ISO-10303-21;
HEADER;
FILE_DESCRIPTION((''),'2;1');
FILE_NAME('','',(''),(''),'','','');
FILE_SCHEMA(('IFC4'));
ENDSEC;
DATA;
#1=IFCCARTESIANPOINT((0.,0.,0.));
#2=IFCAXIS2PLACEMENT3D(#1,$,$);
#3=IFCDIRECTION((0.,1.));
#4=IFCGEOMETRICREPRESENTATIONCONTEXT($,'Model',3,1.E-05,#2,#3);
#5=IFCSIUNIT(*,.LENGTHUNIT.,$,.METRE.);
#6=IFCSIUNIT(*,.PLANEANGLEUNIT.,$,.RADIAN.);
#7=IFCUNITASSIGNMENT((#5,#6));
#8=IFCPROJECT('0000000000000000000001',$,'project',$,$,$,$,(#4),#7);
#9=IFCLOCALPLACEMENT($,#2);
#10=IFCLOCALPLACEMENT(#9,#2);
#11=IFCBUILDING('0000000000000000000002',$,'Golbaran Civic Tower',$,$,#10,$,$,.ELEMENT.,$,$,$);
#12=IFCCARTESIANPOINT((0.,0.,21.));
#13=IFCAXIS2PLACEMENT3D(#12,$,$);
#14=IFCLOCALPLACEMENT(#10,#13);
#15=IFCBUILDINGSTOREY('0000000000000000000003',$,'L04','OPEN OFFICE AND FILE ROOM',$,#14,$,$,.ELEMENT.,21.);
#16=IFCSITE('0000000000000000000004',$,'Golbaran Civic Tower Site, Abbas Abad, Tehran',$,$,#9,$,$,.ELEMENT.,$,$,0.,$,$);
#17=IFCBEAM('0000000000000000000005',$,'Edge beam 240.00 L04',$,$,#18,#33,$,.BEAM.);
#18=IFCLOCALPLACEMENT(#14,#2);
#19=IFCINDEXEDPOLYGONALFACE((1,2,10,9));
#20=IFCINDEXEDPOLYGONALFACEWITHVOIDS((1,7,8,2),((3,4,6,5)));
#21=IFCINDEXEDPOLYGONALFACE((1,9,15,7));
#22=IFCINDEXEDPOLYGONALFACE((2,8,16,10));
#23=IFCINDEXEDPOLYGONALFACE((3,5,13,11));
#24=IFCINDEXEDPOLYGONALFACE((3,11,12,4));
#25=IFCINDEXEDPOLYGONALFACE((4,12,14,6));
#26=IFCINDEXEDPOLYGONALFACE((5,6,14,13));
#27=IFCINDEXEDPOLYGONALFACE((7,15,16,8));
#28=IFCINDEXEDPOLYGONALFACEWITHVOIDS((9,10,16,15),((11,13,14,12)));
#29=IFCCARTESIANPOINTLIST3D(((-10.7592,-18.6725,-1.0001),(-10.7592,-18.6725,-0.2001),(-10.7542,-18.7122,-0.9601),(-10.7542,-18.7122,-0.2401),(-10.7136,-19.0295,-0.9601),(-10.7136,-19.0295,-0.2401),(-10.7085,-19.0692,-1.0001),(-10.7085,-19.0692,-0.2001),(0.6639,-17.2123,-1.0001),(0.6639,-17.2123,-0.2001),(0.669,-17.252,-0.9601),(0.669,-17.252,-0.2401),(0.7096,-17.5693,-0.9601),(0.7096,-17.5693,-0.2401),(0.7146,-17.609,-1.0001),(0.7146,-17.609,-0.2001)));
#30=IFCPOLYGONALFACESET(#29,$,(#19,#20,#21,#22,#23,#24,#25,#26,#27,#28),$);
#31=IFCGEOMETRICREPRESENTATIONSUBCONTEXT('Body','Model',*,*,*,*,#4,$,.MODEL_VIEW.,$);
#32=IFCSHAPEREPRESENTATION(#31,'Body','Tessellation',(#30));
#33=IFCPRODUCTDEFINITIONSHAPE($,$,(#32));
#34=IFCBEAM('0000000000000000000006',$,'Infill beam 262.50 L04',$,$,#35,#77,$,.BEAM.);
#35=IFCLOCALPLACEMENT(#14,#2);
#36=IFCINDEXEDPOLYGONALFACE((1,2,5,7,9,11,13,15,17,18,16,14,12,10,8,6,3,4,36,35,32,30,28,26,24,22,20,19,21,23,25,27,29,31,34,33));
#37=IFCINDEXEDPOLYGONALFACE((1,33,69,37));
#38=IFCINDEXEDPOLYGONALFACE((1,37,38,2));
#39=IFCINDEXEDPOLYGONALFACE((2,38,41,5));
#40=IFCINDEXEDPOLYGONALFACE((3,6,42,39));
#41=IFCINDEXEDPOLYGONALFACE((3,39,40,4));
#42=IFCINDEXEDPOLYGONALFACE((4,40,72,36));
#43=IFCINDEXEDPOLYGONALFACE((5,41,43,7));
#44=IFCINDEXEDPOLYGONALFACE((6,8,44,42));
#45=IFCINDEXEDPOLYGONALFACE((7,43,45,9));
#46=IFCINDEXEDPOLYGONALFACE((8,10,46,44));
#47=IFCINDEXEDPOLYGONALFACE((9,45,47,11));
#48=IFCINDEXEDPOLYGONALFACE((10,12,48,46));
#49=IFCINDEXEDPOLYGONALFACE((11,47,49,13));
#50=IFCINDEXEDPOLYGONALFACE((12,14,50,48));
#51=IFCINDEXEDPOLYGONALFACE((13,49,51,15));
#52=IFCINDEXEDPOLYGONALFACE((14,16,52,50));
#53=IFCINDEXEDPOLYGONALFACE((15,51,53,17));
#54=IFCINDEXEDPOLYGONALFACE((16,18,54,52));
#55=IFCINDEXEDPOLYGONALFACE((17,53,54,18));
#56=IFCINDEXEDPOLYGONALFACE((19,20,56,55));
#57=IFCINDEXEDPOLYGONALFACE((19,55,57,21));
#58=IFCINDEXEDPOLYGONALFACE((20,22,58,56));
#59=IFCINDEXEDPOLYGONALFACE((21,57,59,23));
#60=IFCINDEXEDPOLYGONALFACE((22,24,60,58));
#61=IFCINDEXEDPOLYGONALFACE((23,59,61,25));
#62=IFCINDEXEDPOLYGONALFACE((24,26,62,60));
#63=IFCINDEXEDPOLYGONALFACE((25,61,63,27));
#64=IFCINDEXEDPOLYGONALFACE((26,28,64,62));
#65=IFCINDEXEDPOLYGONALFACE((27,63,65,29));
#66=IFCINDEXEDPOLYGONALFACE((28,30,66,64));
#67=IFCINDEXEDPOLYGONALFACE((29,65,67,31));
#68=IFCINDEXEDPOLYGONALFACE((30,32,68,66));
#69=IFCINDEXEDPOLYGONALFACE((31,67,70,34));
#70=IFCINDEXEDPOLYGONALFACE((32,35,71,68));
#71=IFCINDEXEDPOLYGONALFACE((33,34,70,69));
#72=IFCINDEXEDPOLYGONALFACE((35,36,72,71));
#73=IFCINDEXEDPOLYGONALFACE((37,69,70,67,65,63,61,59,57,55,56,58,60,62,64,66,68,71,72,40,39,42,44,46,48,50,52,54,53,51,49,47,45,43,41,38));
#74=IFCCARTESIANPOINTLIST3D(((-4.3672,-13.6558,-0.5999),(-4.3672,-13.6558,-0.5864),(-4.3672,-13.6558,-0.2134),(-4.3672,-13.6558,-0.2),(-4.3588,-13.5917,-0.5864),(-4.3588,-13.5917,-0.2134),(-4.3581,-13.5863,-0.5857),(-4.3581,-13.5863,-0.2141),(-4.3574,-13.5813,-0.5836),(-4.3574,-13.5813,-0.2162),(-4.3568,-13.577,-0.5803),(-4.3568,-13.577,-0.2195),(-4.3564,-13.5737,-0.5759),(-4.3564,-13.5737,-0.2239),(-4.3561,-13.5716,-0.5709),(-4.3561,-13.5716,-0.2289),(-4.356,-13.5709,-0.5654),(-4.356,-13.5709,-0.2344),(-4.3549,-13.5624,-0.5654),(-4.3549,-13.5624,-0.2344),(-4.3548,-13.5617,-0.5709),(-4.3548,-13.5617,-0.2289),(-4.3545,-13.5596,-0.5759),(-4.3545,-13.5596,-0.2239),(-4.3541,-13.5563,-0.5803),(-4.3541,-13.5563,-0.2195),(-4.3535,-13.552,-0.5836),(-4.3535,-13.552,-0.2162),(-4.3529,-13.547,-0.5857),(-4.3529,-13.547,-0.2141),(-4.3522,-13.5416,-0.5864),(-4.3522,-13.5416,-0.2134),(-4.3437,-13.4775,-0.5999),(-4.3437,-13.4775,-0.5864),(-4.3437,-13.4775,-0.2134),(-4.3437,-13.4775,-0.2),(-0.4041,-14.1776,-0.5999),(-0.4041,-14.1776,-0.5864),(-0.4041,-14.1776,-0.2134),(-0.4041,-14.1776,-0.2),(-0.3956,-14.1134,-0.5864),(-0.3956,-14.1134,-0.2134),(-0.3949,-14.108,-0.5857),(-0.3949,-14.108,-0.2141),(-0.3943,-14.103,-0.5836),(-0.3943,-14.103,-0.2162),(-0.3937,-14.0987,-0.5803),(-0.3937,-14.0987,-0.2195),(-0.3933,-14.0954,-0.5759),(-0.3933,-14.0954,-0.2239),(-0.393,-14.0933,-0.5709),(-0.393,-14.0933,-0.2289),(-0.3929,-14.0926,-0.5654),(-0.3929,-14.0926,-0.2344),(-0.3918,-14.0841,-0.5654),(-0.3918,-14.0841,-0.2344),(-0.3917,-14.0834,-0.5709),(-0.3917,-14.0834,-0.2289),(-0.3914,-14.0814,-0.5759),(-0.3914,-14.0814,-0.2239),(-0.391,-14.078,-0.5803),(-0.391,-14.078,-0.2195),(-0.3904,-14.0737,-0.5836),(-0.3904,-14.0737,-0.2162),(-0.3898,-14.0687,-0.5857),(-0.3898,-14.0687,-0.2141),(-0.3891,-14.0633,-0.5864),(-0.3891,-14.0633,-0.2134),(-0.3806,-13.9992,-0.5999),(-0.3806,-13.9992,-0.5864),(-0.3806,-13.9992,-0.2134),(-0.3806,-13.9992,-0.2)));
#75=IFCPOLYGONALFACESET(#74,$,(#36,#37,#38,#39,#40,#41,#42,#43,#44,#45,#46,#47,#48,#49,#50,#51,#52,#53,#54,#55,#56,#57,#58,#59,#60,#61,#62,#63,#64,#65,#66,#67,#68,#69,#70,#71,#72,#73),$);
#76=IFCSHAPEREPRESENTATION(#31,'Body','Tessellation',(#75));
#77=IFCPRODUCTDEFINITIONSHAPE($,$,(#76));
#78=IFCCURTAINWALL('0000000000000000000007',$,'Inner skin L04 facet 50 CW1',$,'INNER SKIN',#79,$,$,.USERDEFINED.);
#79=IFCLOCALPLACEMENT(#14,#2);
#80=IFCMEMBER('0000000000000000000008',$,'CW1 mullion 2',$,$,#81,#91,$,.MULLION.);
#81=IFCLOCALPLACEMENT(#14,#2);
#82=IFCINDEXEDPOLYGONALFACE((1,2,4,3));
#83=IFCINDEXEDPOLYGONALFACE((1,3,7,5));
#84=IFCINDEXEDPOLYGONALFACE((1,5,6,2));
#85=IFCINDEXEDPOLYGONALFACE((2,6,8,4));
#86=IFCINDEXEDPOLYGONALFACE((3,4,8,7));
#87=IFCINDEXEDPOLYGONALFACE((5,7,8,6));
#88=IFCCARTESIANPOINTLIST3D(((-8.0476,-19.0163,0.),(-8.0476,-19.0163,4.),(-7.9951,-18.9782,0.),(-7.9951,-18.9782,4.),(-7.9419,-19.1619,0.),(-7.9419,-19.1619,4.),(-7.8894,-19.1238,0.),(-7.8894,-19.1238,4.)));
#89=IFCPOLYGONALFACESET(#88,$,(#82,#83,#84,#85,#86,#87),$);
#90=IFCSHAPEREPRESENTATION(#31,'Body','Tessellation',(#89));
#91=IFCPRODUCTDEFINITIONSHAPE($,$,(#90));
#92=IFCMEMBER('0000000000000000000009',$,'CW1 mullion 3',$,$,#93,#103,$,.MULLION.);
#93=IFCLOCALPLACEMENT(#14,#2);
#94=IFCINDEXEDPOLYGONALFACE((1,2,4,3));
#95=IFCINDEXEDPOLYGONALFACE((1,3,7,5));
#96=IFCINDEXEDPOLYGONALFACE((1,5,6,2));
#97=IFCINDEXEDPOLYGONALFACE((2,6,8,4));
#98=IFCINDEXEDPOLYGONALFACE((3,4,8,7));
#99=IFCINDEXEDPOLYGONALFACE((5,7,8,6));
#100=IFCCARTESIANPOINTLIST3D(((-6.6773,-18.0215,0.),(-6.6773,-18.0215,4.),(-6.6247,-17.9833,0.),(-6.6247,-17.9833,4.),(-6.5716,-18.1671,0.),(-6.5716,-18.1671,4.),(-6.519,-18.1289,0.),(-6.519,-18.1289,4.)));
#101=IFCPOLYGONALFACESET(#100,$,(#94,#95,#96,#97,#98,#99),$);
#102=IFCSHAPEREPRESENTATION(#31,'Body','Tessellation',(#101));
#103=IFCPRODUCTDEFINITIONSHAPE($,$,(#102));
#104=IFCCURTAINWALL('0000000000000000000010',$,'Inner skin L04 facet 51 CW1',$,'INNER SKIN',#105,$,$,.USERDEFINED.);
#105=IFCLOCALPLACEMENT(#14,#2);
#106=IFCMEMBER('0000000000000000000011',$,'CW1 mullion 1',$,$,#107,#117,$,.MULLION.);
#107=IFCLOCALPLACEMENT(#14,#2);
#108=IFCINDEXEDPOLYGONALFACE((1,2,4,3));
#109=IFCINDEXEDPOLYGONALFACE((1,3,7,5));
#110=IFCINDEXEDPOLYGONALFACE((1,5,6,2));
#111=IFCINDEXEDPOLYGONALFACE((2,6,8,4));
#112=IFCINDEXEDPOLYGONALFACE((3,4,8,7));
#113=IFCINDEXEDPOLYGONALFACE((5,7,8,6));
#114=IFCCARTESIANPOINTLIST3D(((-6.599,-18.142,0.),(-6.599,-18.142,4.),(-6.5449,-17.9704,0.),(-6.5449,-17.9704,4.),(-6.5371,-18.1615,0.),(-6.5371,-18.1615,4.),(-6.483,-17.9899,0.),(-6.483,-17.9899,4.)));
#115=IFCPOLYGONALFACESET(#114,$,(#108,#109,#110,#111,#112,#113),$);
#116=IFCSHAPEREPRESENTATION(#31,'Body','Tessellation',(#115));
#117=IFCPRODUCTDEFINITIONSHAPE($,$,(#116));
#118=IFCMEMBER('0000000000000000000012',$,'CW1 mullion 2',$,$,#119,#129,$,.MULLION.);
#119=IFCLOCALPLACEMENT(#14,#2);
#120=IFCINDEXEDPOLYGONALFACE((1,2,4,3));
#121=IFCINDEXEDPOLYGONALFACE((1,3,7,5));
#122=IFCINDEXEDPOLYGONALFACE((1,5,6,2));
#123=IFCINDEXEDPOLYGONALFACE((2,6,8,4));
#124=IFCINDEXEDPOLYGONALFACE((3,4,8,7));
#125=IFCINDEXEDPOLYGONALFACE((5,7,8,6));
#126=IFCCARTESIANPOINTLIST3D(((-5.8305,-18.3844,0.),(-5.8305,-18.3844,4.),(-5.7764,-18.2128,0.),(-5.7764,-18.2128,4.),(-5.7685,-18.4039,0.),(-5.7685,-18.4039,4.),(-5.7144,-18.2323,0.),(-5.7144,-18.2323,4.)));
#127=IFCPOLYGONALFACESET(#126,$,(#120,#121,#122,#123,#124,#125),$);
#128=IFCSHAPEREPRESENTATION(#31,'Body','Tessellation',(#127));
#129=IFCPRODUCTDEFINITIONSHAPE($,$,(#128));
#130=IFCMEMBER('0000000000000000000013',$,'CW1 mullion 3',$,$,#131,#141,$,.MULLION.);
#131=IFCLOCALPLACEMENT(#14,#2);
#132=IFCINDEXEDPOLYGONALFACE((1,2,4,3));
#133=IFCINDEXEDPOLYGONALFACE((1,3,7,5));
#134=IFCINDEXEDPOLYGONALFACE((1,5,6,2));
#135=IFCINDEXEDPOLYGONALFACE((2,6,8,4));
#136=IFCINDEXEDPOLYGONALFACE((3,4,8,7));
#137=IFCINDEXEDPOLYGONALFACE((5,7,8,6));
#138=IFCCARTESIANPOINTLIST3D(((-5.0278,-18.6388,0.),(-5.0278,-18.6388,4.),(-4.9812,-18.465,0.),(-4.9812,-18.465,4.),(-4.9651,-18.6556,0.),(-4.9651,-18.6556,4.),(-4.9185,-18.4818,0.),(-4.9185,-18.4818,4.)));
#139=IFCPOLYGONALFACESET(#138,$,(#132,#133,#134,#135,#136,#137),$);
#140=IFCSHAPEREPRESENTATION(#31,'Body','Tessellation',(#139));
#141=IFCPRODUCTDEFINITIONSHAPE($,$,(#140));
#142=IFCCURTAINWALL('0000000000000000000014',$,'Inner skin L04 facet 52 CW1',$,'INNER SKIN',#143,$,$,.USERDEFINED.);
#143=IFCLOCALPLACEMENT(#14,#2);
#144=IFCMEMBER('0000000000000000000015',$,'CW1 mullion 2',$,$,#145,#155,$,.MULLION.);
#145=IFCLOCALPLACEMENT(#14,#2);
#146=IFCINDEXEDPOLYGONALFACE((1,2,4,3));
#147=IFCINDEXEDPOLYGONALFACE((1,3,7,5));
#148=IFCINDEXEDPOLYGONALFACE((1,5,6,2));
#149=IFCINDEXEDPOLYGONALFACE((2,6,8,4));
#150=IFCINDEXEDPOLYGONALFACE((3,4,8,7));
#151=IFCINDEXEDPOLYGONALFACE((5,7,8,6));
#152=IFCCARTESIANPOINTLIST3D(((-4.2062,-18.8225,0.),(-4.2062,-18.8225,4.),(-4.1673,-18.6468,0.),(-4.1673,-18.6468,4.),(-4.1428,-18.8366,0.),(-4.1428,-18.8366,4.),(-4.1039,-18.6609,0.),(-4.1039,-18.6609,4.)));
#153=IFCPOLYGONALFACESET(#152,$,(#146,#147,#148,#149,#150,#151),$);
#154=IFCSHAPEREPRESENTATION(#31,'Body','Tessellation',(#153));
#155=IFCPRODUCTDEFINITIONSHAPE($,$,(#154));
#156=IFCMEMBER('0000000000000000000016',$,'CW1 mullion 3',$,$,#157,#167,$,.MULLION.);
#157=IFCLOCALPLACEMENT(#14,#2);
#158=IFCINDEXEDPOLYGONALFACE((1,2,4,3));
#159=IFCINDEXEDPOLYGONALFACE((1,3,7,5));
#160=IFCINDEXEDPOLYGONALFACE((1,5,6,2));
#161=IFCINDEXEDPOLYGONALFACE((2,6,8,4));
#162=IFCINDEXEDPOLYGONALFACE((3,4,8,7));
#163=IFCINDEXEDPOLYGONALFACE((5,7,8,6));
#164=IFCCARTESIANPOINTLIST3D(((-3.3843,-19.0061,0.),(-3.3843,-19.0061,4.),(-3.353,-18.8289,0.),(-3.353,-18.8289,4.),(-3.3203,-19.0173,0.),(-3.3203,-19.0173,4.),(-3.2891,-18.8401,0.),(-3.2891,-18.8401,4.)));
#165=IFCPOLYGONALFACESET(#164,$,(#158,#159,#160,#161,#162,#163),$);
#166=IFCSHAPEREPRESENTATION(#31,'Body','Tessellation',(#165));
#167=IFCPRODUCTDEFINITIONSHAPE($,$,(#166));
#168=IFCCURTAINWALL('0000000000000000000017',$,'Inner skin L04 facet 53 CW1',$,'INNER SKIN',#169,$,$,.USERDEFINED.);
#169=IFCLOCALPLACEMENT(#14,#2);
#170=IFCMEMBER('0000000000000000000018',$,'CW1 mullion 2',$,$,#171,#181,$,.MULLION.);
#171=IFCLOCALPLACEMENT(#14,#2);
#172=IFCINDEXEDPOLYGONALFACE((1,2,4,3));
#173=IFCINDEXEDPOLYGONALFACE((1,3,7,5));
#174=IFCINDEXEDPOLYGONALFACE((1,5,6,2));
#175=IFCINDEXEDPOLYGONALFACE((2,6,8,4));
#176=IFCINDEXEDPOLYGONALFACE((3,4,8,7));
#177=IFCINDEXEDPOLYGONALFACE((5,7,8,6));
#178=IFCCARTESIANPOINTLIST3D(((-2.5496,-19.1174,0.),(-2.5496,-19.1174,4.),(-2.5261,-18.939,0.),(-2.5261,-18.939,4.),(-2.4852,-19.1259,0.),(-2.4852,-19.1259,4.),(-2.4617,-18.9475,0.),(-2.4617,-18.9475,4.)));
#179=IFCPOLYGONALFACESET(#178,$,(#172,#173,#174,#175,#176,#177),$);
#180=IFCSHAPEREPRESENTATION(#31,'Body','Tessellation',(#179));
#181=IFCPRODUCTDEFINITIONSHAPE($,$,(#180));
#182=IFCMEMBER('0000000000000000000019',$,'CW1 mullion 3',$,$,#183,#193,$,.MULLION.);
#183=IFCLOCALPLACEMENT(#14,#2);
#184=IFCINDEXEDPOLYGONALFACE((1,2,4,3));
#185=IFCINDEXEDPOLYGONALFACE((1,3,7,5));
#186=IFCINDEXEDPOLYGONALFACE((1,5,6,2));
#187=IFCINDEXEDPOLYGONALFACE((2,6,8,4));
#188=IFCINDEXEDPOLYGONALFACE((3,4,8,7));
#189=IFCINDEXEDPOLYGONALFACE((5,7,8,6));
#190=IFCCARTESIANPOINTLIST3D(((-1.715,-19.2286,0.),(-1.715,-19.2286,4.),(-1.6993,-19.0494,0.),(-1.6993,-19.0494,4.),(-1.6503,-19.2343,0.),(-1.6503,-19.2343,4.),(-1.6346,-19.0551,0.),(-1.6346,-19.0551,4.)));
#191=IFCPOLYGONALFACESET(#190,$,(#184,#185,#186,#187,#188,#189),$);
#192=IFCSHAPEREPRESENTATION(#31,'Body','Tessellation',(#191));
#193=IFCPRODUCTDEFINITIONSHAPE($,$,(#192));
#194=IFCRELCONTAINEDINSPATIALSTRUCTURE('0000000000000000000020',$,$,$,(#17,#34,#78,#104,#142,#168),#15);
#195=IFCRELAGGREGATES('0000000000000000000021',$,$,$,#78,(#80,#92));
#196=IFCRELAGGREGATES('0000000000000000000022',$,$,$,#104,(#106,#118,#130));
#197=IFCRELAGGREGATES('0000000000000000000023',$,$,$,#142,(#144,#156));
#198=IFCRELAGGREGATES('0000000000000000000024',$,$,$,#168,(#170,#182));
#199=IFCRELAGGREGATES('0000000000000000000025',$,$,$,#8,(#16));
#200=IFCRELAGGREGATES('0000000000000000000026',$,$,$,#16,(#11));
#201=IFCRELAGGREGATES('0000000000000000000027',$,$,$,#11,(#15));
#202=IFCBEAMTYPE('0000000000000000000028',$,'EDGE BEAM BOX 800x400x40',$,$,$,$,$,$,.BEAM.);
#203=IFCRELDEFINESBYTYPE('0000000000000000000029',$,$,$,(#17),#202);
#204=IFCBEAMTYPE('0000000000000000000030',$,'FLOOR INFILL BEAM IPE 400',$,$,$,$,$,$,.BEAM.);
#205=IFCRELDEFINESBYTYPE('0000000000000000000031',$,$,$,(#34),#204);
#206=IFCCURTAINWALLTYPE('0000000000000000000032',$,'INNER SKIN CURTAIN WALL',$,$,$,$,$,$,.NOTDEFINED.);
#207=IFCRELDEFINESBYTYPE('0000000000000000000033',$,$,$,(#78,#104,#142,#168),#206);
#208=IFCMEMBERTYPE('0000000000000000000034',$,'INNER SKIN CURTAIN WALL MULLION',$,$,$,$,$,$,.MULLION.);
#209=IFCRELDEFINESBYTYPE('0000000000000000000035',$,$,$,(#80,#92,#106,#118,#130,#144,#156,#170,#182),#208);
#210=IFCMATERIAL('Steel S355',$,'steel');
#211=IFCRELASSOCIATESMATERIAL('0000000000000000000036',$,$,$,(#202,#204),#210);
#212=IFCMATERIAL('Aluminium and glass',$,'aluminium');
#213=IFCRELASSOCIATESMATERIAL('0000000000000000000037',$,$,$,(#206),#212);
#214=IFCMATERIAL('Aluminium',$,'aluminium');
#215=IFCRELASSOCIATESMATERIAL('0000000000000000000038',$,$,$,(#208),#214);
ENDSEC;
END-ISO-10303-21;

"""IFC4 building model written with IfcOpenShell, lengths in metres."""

from ifc_helpers import new_model, si_unit, direction, frame, origin, origin_2d, place, context, subcontext, project, spatial, rectangle, hollow_rectangle, i_section, extrude, material, material_profile, profile_set, type_object, element, aggregate, save


model = new_model("IFC4")

# Units and contexts
model_context = context("Model", 3, precision=1e-05, world=origin(), true_north=direction((0.0, 1.0)))
body_context = subcontext(model_context, "Body", "Model", "MODEL_VIEW")
ifc_project = project(units=[si_unit("LENGTHUNIT", "METRE"), si_unit("PLANEANGLEUNIT", "RADIAN")], contexts=[model_context])

# Site, building, storey
site_placement = place(None, origin())
site = spatial("IfcSite", under=ifc_project, at=site_placement, Name="Golbaran Civic Tower Site, Abbas Abad, Tehran", CompositionType="ELEMENT", RefElevation=0.0)
building_placement = place(site_placement, origin())
building = spatial("IfcBuilding", under=site, at=building_placement, Name="Golbaran Civic Tower", CompositionType="ELEMENT")
storey_placement = place(building_placement, frame((0.0, 0.0, 21.0)))
storey = spatial("IfcBuildingStorey", under=building, at=storey_placement, Name="L04", Description="OPEN OFFICE AND FILE ROOM", CompositionType="ELEMENT", Elevation=21.0)

# Beams
ifc_material_1 = material(Name="Steel S355", Category="steel")
ifc_material_profile_1 = material_profile(ifc_material_1, hollow_rectangle(XDim=0.3999, YDim=0.8, WallThickness=0.04, at=origin_2d()), Name="BOX 800x400x40")
ifc_profile_set_1 = profile_set([ifc_material_profile_1], Name="Steel S355")
beam_type_1 = type_object("IfcBeamType", Name="EDGE BEAM BOX 800x400x40", PredefinedType="BEAM", material=ifc_profile_set_1)
beam_1_placement = place(storey_placement, frame((-10.7339, -18.8708, -0.6001), z_axis=(0.991929, 0.126797, 0.0), x_axis=(-0.126797, 0.991929, 0.0)))
element("IfcBeam", 1, at=beam_1_placement, inside=storey, type_object=beam_type_1, Name="Edge beam 240.00 L04", PredefinedType="BEAM", context=body_context, shape_type="SweptSolid", body=[
    extrude(hollow_rectangle(XDim=0.3999, YDim=0.8, WallThickness=0.04, at=origin_2d()), origin(), (0.0, 0.0, 1.0), 11.5161),
])
ifc_material_profile_2 = material_profile(ifc_material_1, i_section(OverallWidth=0.1799, OverallDepth=0.3999, WebThickness=0.0085, FlangeThickness=0.0134, FilletRadius=0.021, at=origin_2d()), Name="IPE 400")
ifc_profile_set_2 = profile_set([ifc_material_profile_2], Name="Steel S355")
beam_type_2 = type_object("IfcBeamType", Name="FLOOR INFILL BEAM IPE 400", PredefinedType="BEAM", material=ifc_profile_set_2)
beam_2_placement = place(storey_placement, frame((-4.3555, -13.5667, -0.3999), z_axis=(0.991446, -0.130519, 0.0), x_axis=(0.130519, 0.991446, 0.0)))
element("IfcBeam", 2, at=beam_2_placement, inside=storey, type_object=beam_type_2, Name="Infill beam 262.50 L04", PredefinedType="BEAM", context=body_context, shape_type="SweptSolid", body=[
    extrude(i_section(OverallWidth=0.1799, OverallDepth=0.3999, WebThickness=0.0085, FlangeThickness=0.0134, FilletRadius=0.021, at=origin_2d()), origin(), (0.0, 0.0, 1.0), 3.9973),
])

# Curtain walls, members
ifc_material_2 = material(Name="Aluminium and glass", Category="aluminium")
curtain_wall_type = type_object("IfcCurtainWallType", Name="INNER SKIN CURTAIN WALL", PredefinedType="NOTDEFINED", material=ifc_material_2)
curtain_wall_1_placement = place(storey_placement, origin())
curtain_wall_1 = element("IfcCurtainWall", 3, at=curtain_wall_1_placement, inside=storey, type_object=curtain_wall_type, Name="Inner skin L04 facet 50 CW1", ObjectType="INNER SKIN", PredefinedType="USERDEFINED")
ifc_material_3 = material(Name="Aluminium", Category="aluminium")
ifc_material_profile_3 = material_profile(ifc_material_3, rectangle(XDim=0.1799, YDim=0.0649, at=origin_2d()), Name="INNER SKIN CURTAIN WALL MULLION")
ifc_profile_set_3 = profile_set([ifc_material_profile_3], Name="Aluminium")
member_type_1 = type_object("IfcMemberType", Name="INNER SKIN CURTAIN WALL MULLION", PredefinedType="MULLION", material=ifc_profile_set_3)
member_1_placement = place(storey_placement, frame((-7.9685, -19.0701, 0.0), z_axis=(0.0, 0.0, 1.0), x_axis=(-0.587431, 0.809274, 0.0)))
member_1 = element("IfcMember", 4, at=member_1_placement, type_object=member_type_1, Name="CW1 mullion 2", PredefinedType="MULLION", context=body_context, shape_type="SweptSolid", body=[
    extrude(rectangle(XDim=0.1799, YDim=0.0649, at=origin_2d()), origin(), (0.0, 0.0, 1.0), 4.0),
])
member_2_placement = place(storey_placement, frame((-6.5981, -18.0752, 0.0), z_axis=(0.0, 0.0, 1.0), x_axis=(-0.587431, 0.809274, 0.0)))
member_2 = element("IfcMember", 5, at=member_2_placement, type_object=member_type_1, Name="CW1 mullion 3", PredefinedType="MULLION", context=body_context, shape_type="SweptSolid", body=[
    extrude(rectangle(XDim=0.1799, YDim=0.0649, at=origin_2d()), origin(), (0.0, 0.0, 1.0), 4.0),
])
curtain_wall_2_placement = place(storey_placement, origin())
curtain_wall_2 = element("IfcCurtainWall", 6, at=curtain_wall_2_placement, inside=storey, type_object=curtain_wall_type, Name="Inner skin L04 facet 51 CW1", ObjectType="INNER SKIN", PredefinedType="USERDEFINED")
member_3_placement = place(storey_placement, frame((-6.541, -18.0659, 0.0), z_axis=(0.0, 0.0, 1.0), x_axis=(0.300706, 0.953717, 0.0)))
member_3 = element("IfcMember", 7, at=member_3_placement, type_object=member_type_1, Name="CW1 mullion 1", PredefinedType="MULLION", context=body_context, shape_type="SweptSolid", body=[
    extrude(rectangle(XDim=0.1799, YDim=0.0649, at=origin_2d()), origin(), (0.0, 0.0, 1.0), 4.0),
])
member_4_placement = place(storey_placement, frame((-5.7725, -18.3083, 0.0), z_axis=(0.0, 0.0, 1.0), x_axis=(0.300706, 0.953717, 0.0)))
member_4 = element("IfcMember", 8, at=member_4_placement, type_object=member_type_1, Name="CW1 mullion 2", PredefinedType="MULLION", context=body_context, shape_type="SweptSolid", body=[
    extrude(rectangle(XDim=0.1799, YDim=0.0649, at=origin_2d()), origin(), (0.0, 0.0, 1.0), 4.0),
])
member_5_placement = place(storey_placement, frame((-4.9731, -18.5603, 0.0), z_axis=(0.0, 0.0, 1.0), x_axis=(0.258819, 0.965926, 0.0)))
member_5 = element("IfcMember", 9, at=member_5_placement, type_object=member_type_1, Name="CW1 mullion 3", PredefinedType="MULLION", context=body_context, shape_type="SweptSolid", body=[
    extrude(rectangle(XDim=0.1799, YDim=0.0649, at=origin_2d()), origin(), (0.0, 0.0, 1.0), 4.0),
])
curtain_wall_3_placement = place(storey_placement, origin())
curtain_wall_3 = element("IfcCurtainWall", 10, at=curtain_wall_3_placement, inside=storey, type_object=curtain_wall_type, Name="Inner skin L04 facet 52 CW1", ObjectType="INNER SKIN", PredefinedType="USERDEFINED")
member_6_placement = place(storey_placement, frame((-4.155, -18.7417, 0.0), z_axis=(0.0, 0.0, 1.0), x_axis=(0.21644, 0.976296, 0.0)))
member_6 = element("IfcMember", 11, at=member_6_placement, type_object=member_type_1, Name="CW1 mullion 2", PredefinedType="MULLION", context=body_context, shape_type="SweptSolid", body=[
    extrude(rectangle(XDim=0.1799, YDim=0.0649, at=origin_2d()), origin(), (0.0, 0.0, 1.0), 4.0),
])
member_7_placement = place(storey_placement, frame((-3.3367, -18.9231, 0.0), z_axis=(0.0, 0.0, 1.0), x_axis=(0.173648, 0.984808, 0.0)))
member_7 = element("IfcMember", 12, at=member_7_placement, type_object=member_type_1, Name="CW1 mullion 3", PredefinedType="MULLION", context=body_context, shape_type="SweptSolid", body=[
    extrude(rectangle(XDim=0.1799, YDim=0.0649, at=origin_2d()), origin(), (0.0, 0.0, 1.0), 4.0),
])
curtain_wall_4_placement = place(storey_placement, origin())
curtain_wall_4 = element("IfcCurtainWall", 13, at=curtain_wall_4_placement, inside=storey, type_object=curtain_wall_type, Name="Inner skin L04 facet 53 CW1", ObjectType="INNER SKIN", PredefinedType="USERDEFINED")
member_8_placement = place(storey_placement, frame((-2.5056, -19.0325, 0.0), z_axis=(0.0, 0.0, 1.0), x_axis=(0.130526, 0.991445, 0.0)))
member_8 = element("IfcMember", 14, at=member_8_placement, type_object=member_type_1, Name="CW1 mullion 2", PredefinedType="MULLION", context=body_context, shape_type="SweptSolid", body=[
    extrude(rectangle(XDim=0.1799, YDim=0.0649, at=origin_2d()), origin(), (0.0, 0.0, 1.0), 4.0),
])
member_9_placement = place(storey_placement, frame((-1.6748, -19.1418, 0.0), z_axis=(0.0, 0.0, 1.0), x_axis=(0.087156, 0.996195, 0.0)))
member_9 = element("IfcMember", 15, at=member_9_placement, type_object=member_type_1, Name="CW1 mullion 3", PredefinedType="MULLION", context=body_context, shape_type="SweptSolid", body=[
    extrude(rectangle(XDim=0.1799, YDim=0.0649, at=origin_2d()), origin(), (0.0, 0.0, 1.0), 4.0),
])

aggregate(curtain_wall_1, [member_1, member_2])
aggregate(curtain_wall_2, [member_3, member_4, member_5])
aggregate(curtain_wall_3, [member_6, member_7])
aggregate(curtain_wall_4, [member_8, member_9])

save(model, "model.ifc")
